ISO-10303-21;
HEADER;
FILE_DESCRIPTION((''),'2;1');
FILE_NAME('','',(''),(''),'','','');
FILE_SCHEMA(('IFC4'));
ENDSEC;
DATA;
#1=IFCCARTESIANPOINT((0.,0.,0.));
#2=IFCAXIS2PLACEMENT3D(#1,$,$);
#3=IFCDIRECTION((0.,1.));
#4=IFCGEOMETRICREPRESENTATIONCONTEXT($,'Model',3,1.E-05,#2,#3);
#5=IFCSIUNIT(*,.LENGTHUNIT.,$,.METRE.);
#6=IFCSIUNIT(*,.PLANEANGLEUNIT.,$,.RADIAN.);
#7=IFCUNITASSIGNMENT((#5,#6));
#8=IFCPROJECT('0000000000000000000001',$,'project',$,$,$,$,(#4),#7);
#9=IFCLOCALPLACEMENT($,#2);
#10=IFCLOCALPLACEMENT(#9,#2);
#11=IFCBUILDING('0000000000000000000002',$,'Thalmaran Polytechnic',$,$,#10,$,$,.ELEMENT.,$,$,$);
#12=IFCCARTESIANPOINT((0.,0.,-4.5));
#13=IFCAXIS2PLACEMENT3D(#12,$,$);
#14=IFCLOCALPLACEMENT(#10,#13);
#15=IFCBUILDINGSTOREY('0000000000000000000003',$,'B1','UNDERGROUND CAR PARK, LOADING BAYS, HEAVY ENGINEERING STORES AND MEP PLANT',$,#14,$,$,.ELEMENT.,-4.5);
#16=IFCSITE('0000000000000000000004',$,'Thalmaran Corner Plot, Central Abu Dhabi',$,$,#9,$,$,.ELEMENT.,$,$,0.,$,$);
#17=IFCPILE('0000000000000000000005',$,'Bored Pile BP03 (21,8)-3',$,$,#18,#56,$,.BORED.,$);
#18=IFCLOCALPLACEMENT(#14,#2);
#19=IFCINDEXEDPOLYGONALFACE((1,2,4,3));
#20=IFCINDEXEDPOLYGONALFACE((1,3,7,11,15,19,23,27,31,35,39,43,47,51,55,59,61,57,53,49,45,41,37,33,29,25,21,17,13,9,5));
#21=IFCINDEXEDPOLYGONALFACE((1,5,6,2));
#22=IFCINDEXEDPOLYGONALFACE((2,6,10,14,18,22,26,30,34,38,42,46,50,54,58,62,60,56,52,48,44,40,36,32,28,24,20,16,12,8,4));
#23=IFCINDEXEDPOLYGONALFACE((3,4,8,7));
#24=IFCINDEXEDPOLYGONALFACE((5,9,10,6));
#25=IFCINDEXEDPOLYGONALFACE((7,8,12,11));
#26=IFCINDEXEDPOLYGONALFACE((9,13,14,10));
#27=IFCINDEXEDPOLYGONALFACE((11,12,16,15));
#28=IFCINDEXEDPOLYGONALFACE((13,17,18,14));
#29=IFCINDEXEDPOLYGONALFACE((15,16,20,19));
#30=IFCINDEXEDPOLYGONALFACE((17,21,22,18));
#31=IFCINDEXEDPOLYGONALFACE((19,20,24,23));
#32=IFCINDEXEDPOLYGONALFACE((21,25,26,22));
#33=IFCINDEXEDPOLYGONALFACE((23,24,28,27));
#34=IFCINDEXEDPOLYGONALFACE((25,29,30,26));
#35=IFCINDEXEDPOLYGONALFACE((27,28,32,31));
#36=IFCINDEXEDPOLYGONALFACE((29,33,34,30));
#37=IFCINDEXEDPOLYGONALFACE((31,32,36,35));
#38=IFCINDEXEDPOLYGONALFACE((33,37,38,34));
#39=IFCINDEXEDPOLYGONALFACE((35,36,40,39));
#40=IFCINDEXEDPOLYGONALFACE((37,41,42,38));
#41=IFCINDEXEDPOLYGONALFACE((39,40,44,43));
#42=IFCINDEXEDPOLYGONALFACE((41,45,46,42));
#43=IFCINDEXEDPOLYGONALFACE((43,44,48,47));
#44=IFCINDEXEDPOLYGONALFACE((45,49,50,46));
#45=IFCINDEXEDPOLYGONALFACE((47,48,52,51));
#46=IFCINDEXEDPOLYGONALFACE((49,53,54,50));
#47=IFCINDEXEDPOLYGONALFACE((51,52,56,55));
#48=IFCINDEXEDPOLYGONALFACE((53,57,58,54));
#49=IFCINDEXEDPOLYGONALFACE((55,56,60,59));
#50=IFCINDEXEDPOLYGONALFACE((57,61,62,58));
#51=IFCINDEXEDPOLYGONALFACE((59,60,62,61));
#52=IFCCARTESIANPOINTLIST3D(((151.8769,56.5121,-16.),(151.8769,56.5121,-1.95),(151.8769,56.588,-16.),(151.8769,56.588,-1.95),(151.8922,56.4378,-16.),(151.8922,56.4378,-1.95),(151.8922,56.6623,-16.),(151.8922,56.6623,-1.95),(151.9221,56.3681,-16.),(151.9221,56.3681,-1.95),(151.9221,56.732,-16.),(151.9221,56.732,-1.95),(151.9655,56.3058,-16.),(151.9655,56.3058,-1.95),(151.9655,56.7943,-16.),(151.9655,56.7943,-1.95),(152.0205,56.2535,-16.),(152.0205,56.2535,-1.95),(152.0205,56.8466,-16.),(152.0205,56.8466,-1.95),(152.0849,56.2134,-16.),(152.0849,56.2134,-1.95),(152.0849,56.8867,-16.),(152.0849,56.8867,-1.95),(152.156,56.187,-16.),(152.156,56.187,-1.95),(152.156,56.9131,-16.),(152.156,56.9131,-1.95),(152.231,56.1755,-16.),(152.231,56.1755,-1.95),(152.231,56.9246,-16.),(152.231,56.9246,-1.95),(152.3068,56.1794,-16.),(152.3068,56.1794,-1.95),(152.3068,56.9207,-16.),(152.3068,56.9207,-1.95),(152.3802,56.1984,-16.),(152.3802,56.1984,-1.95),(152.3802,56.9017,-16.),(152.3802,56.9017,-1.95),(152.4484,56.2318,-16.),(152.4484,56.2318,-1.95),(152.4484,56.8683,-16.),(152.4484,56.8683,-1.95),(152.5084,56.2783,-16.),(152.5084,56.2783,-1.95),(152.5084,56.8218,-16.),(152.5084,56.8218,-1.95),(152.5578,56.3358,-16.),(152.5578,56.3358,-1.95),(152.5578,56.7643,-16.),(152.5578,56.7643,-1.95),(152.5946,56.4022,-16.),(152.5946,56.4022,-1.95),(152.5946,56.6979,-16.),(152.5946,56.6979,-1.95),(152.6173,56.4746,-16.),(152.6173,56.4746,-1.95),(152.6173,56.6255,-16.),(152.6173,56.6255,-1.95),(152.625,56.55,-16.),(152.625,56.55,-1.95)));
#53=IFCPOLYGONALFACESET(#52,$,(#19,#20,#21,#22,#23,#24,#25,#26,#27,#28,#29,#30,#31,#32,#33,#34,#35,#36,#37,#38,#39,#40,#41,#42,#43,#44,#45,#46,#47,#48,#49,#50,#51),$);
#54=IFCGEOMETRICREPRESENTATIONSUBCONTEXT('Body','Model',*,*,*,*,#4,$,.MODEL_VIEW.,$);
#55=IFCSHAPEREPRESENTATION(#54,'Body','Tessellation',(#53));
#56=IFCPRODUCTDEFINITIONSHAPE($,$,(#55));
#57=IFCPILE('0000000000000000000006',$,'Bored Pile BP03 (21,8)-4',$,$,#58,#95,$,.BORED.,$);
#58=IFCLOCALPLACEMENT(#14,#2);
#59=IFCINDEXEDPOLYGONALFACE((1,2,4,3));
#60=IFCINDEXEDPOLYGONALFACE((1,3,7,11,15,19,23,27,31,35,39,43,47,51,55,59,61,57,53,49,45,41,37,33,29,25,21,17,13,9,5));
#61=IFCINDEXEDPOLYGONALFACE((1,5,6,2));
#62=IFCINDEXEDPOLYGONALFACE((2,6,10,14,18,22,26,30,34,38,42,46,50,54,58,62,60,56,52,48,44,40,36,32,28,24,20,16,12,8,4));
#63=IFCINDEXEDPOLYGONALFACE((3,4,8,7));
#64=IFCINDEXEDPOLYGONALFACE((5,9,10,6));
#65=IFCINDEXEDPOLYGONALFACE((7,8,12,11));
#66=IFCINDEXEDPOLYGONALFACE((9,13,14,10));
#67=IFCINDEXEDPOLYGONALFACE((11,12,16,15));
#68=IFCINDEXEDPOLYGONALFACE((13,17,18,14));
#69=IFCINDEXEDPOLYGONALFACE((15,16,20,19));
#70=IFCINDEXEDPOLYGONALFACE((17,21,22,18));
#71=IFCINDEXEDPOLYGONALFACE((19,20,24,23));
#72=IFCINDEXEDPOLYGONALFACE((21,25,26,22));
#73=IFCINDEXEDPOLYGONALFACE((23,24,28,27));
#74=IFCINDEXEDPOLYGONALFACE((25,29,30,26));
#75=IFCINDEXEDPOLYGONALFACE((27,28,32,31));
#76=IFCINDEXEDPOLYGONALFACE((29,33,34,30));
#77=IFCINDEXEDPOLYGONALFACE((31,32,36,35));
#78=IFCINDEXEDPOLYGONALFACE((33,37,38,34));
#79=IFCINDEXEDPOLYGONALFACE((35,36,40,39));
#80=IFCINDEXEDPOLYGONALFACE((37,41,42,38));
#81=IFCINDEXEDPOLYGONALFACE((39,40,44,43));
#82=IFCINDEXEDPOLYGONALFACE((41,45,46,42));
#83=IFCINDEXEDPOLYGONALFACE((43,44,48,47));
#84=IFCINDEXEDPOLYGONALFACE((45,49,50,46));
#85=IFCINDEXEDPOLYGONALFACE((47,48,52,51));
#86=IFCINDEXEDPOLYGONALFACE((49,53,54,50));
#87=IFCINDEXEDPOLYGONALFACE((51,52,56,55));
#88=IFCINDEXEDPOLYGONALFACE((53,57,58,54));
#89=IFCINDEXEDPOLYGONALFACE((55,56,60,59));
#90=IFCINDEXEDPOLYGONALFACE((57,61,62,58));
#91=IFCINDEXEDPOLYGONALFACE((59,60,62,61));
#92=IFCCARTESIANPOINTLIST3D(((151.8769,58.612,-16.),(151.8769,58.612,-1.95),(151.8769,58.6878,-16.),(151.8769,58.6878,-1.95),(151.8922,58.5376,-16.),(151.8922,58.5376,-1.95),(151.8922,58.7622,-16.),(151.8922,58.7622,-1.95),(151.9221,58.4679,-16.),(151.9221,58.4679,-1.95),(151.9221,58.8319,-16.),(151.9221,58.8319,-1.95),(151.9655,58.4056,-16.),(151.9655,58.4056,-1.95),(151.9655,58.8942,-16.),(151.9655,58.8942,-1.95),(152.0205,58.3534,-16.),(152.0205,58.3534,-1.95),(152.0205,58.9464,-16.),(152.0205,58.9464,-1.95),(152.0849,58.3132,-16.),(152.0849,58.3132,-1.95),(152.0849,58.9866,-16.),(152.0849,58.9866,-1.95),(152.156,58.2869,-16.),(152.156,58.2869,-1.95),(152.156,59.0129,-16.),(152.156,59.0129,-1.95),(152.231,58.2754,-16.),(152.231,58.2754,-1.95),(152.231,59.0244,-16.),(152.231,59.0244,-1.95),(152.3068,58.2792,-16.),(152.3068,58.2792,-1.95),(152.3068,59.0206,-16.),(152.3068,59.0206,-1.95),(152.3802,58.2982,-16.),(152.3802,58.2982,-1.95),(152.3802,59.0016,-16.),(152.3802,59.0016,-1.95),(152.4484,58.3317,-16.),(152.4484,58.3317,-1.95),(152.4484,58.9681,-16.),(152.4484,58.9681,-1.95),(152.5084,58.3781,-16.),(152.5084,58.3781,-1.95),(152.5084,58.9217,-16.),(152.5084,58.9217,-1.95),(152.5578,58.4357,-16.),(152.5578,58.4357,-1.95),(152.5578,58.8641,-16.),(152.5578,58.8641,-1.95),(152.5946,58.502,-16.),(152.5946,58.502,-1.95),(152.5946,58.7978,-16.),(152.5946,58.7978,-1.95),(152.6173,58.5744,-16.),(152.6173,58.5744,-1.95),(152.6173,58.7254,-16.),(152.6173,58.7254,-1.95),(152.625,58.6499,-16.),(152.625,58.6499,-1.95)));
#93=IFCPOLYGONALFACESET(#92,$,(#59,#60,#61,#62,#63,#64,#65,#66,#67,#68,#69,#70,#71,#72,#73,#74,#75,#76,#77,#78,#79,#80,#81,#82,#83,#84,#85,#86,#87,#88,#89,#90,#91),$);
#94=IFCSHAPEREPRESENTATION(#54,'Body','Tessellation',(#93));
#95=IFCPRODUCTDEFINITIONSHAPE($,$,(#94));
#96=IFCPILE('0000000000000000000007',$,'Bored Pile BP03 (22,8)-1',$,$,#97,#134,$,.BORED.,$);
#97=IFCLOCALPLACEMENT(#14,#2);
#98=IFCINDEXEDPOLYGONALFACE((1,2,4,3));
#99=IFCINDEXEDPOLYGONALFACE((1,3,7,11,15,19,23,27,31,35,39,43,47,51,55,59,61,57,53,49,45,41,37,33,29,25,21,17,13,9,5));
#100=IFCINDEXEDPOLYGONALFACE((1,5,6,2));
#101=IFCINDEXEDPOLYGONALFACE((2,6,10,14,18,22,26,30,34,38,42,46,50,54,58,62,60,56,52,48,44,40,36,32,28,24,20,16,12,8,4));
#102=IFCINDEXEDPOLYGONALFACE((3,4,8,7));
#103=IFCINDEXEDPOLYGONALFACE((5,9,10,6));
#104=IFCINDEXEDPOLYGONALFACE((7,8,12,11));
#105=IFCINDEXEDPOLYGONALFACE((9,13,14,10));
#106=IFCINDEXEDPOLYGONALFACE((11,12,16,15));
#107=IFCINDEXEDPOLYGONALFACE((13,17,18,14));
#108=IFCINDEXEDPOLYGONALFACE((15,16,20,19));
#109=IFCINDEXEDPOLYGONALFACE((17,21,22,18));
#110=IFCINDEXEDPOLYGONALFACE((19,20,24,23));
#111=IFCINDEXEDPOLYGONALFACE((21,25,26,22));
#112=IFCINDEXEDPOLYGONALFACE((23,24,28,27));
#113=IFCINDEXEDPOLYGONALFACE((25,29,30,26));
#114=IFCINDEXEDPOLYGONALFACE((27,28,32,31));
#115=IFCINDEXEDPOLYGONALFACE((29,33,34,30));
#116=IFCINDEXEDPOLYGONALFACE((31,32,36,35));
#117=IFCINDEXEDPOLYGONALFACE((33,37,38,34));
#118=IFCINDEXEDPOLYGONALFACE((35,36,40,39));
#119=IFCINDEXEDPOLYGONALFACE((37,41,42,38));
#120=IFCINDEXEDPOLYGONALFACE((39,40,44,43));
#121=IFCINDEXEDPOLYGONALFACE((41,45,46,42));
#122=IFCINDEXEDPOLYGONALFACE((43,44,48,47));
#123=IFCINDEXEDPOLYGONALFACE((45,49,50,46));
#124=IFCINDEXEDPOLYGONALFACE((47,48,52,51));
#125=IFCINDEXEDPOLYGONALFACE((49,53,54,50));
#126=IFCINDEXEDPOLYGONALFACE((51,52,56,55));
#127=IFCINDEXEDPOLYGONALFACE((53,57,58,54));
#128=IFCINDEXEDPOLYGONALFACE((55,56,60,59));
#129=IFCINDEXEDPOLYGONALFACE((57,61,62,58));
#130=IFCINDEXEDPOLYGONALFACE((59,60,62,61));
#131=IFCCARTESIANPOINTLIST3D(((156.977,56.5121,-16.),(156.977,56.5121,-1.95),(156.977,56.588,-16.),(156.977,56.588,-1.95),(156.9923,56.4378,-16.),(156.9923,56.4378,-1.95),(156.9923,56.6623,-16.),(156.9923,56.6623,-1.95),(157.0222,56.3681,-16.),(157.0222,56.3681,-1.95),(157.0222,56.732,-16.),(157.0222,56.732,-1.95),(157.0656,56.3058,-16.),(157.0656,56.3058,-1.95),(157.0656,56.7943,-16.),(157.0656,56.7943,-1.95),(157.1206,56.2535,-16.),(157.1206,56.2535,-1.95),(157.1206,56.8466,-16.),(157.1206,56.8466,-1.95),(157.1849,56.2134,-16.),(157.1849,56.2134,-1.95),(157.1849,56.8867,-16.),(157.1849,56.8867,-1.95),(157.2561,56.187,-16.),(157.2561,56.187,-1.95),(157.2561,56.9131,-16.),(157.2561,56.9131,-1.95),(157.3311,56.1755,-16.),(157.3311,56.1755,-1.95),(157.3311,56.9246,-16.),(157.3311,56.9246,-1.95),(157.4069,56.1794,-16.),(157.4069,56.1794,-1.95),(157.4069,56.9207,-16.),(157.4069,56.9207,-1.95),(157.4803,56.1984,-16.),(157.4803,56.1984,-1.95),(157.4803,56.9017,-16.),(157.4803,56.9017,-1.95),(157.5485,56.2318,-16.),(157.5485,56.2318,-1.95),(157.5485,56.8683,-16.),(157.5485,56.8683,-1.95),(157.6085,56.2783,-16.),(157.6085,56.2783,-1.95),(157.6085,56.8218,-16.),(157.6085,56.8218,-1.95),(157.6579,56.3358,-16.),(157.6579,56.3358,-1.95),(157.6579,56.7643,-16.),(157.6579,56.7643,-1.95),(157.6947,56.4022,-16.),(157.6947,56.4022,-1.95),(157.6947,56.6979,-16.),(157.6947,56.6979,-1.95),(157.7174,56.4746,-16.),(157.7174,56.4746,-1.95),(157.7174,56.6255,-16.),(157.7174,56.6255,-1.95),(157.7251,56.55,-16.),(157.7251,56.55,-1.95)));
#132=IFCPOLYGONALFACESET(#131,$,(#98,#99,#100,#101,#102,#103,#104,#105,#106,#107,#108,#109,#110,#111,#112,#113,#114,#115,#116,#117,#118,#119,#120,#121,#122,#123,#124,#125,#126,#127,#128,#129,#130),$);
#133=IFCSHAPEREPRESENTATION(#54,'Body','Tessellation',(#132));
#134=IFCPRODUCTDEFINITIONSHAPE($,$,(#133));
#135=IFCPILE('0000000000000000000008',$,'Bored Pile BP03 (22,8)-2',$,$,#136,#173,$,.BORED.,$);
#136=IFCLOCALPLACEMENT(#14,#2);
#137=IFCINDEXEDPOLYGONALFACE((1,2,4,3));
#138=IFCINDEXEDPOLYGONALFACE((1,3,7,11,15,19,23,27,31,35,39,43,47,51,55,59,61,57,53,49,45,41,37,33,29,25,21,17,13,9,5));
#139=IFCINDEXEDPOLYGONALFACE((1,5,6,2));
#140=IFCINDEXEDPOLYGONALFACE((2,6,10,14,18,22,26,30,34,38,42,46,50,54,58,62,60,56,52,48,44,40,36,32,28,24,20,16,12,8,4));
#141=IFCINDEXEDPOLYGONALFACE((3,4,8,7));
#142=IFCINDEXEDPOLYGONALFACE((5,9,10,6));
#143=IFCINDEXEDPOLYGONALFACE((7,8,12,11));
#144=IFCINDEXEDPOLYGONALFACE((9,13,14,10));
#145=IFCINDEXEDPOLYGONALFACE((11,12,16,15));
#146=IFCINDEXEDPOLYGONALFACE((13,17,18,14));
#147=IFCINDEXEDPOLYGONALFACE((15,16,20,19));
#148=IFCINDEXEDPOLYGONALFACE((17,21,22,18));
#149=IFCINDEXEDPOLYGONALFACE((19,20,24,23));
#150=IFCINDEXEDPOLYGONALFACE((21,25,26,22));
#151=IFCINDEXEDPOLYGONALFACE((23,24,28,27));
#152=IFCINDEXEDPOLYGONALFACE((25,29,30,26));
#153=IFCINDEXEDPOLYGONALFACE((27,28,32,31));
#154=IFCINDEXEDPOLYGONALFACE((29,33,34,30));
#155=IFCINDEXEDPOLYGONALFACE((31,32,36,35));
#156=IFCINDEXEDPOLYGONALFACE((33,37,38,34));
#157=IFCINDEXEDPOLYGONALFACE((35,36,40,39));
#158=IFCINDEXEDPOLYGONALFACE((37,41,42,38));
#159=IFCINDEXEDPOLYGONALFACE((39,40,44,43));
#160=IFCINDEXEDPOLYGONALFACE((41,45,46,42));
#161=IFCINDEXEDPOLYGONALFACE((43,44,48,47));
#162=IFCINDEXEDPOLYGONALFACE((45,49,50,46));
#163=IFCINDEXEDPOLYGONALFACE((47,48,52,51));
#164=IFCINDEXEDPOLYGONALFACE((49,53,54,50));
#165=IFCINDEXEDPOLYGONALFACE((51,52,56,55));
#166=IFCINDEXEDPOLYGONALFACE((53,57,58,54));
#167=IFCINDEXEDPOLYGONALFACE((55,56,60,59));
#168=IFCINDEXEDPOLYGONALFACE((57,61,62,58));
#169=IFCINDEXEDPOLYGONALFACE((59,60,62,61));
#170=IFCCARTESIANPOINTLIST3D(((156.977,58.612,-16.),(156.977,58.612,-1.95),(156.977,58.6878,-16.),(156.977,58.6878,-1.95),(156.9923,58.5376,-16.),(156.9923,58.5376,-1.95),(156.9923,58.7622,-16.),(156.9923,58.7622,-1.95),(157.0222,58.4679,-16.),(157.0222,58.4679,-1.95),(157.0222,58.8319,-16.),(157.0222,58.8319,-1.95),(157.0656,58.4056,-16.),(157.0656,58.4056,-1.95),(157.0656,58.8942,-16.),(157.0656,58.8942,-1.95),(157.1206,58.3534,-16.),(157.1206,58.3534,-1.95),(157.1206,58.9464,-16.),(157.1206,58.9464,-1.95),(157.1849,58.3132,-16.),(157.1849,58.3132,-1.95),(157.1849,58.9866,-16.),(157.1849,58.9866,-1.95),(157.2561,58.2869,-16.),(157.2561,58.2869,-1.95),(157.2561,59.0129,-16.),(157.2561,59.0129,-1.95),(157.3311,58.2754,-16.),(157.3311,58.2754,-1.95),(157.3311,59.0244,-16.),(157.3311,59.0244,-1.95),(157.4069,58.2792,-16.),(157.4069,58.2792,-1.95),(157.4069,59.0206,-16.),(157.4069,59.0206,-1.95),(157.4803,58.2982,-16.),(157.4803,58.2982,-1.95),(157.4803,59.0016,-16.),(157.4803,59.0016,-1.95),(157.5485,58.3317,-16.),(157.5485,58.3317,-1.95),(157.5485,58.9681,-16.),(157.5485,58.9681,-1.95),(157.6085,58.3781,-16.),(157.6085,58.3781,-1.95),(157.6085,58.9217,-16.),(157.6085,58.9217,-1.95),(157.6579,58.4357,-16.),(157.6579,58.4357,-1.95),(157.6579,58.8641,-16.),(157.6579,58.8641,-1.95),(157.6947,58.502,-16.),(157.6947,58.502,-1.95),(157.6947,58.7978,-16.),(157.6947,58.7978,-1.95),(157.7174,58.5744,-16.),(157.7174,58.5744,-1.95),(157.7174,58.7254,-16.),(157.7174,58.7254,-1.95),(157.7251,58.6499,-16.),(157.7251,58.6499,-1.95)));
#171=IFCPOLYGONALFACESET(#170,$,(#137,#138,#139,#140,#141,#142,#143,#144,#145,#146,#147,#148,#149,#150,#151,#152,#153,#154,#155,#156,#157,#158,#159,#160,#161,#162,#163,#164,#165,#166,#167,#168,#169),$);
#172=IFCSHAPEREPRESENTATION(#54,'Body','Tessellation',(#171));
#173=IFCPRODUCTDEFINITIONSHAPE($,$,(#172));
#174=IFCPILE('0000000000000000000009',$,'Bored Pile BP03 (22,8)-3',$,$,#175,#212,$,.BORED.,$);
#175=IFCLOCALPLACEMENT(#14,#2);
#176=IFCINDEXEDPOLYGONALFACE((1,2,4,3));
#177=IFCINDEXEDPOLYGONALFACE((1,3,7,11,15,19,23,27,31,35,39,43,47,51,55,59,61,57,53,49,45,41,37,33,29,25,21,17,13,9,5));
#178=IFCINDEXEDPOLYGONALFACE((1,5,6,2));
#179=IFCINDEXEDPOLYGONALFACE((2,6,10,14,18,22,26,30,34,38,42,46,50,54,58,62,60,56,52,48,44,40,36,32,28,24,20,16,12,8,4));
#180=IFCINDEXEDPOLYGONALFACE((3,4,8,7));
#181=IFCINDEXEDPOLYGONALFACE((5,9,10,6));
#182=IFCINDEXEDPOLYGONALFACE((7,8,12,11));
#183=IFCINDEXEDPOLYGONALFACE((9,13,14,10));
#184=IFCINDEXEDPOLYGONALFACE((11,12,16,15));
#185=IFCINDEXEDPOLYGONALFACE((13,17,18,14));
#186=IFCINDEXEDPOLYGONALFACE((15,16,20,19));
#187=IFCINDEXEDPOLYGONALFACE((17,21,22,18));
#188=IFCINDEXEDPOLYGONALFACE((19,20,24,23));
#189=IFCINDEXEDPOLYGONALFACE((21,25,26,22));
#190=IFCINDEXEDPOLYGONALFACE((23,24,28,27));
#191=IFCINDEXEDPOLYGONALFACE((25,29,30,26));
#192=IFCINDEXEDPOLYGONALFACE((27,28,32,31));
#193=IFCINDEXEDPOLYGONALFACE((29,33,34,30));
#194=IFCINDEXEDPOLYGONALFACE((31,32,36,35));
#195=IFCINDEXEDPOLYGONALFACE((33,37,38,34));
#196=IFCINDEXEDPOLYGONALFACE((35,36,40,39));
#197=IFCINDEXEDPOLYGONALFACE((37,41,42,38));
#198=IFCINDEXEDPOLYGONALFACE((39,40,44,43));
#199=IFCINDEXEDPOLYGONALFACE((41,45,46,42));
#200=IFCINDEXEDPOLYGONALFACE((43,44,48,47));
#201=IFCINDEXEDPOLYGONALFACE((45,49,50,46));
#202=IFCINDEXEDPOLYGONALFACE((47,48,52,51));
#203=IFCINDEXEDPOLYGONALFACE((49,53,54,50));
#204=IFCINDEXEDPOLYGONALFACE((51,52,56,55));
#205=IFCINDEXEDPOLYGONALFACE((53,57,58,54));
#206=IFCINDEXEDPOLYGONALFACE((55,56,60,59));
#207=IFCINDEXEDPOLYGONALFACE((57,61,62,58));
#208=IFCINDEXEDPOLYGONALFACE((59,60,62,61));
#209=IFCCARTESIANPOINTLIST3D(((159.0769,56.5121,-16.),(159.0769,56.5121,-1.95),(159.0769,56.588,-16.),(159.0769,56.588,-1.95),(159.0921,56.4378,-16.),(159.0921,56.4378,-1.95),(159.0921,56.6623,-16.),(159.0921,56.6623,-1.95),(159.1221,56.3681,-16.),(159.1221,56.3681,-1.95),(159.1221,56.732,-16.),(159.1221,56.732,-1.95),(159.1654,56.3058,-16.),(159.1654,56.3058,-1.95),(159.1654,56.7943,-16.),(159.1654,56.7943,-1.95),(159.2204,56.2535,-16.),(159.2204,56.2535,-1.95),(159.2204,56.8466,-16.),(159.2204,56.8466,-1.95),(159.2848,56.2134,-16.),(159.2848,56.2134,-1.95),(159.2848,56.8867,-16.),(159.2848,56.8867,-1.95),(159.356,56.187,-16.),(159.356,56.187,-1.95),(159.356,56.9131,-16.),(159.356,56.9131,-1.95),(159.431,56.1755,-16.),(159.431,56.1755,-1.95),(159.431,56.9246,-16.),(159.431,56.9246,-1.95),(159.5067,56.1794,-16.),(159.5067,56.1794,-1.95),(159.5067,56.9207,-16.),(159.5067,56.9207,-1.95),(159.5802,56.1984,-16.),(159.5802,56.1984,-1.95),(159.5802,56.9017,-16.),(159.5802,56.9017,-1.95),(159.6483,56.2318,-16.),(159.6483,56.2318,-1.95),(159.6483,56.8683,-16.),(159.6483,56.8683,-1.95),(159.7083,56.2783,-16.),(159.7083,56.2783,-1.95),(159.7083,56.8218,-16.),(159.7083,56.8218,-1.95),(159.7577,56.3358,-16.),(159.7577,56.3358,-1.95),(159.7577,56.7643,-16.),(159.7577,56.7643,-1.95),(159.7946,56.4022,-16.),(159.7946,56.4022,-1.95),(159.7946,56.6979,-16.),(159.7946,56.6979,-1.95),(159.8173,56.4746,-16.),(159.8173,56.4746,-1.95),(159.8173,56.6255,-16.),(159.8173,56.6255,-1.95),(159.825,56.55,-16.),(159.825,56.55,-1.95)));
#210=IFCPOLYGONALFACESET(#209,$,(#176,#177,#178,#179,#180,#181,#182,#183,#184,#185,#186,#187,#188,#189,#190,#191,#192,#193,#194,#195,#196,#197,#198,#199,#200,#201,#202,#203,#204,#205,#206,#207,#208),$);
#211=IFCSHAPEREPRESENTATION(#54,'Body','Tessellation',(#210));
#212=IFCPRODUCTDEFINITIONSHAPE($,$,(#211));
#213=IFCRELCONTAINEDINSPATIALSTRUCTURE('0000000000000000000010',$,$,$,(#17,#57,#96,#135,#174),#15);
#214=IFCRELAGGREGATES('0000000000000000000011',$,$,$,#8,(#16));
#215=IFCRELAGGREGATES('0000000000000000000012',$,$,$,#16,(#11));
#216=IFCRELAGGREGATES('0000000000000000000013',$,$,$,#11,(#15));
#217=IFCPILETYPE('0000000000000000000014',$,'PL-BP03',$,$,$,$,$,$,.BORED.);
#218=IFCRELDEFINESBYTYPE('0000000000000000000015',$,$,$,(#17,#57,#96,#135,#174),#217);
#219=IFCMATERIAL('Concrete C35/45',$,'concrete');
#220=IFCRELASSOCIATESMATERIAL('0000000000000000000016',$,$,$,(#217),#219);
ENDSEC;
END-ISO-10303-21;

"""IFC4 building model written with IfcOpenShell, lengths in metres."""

from ifc_helpers import new_model, si_unit, direction, frame, origin, origin_2d, place, context, subcontext, project, spatial, circle, extrude, material, material_profile, profile_set, type_object, element, save


model = new_model("IFC4")

# Units and contexts
model_context = context("Model", 3, precision=1e-05, world=origin(), true_north=direction((0.0, 1.0)))
body_context = subcontext(model_context, "Body", "Model", "MODEL_VIEW")
ifc_project = project(units=[si_unit("LENGTHUNIT", "METRE"), si_unit("PLANEANGLEUNIT", "RADIAN")], contexts=[model_context])

# Site, building, storey
site_placement = place(None, origin())
site = spatial("IfcSite", under=ifc_project, at=site_placement, Name="Thalmaran Corner Plot, Central Abu Dhabi", CompositionType="ELEMENT", RefElevation=0.0)
building_placement = place(site_placement, origin())
building = spatial("IfcBuilding", under=site, at=building_placement, Name="Thalmaran Polytechnic", CompositionType="ELEMENT")
storey_placement = place(building_placement, frame((0.0, 0.0, -4.5)))
storey = spatial("IfcBuildingStorey", under=building, at=storey_placement, Name="B1", Description="UNDERGROUND CAR PARK, LOADING BAYS, HEAVY ENGINEERING STORES AND MEP PLANT", CompositionType="ELEMENT", Elevation=-4.5)

# Piles
ifc_material_1 = material(Name="Concrete C35/45", Category="concrete")
ifc_material_profile_1 = material_profile(ifc_material_1, circle(Radius=0.375, at=origin_2d()), Name="RC 750 DIA")
ifc_profile_set_1 = profile_set([ifc_material_profile_1], Name="Concrete C35/45")
pile_type_1 = type_object("IfcPileType", Name="PL-BP03", PredefinedType="BORED", material=ifc_profile_set_1)
for number, where, z_axis, x_axis, name in (
    (1, (152.25, 56.55, -1.95), (0.0, 0.0, -1.0), (1.0, 0.0, 0.0), "Bored Pile BP03 (21,8)-3"),
    (2, (152.25, 58.6499, -1.95), (0.0, 0.0, -1.0), (1.0, 0.0, 0.0), "Bored Pile BP03 (21,8)-4"),
    (3, (157.3501, 56.55, -1.95), (0.0, 0.0, -1.0), (1.0, 0.0, 0.0), "Bored Pile BP03 (22,8)-1"),
    (4, (157.3501, 58.6499, -1.95), (0.0, 0.0, -1.0), (1.0, 0.0, 0.0), "Bored Pile BP03 (22,8)-2"),
    (5, (159.45, 56.55, -1.95), (0.0, 0.0, -1.0), (1.0, 0.0, 0.0), "Bored Pile BP03 (22,8)-3"),
):
    element("IfcPile", number, at=place(storey_placement, frame(where, z_axis=z_axis, x_axis=x_axis)), inside=storey, type_object=pile_type_1, Name=name, PredefinedType="BORED", context=body_context, shape_type="SweptSolid", body=[
        extrude(circle(Radius=0.375, at=origin_2d()), origin(), (0.0, 0.0, 1.0), 14.05),
    ])

save(model, "model.ifc")
